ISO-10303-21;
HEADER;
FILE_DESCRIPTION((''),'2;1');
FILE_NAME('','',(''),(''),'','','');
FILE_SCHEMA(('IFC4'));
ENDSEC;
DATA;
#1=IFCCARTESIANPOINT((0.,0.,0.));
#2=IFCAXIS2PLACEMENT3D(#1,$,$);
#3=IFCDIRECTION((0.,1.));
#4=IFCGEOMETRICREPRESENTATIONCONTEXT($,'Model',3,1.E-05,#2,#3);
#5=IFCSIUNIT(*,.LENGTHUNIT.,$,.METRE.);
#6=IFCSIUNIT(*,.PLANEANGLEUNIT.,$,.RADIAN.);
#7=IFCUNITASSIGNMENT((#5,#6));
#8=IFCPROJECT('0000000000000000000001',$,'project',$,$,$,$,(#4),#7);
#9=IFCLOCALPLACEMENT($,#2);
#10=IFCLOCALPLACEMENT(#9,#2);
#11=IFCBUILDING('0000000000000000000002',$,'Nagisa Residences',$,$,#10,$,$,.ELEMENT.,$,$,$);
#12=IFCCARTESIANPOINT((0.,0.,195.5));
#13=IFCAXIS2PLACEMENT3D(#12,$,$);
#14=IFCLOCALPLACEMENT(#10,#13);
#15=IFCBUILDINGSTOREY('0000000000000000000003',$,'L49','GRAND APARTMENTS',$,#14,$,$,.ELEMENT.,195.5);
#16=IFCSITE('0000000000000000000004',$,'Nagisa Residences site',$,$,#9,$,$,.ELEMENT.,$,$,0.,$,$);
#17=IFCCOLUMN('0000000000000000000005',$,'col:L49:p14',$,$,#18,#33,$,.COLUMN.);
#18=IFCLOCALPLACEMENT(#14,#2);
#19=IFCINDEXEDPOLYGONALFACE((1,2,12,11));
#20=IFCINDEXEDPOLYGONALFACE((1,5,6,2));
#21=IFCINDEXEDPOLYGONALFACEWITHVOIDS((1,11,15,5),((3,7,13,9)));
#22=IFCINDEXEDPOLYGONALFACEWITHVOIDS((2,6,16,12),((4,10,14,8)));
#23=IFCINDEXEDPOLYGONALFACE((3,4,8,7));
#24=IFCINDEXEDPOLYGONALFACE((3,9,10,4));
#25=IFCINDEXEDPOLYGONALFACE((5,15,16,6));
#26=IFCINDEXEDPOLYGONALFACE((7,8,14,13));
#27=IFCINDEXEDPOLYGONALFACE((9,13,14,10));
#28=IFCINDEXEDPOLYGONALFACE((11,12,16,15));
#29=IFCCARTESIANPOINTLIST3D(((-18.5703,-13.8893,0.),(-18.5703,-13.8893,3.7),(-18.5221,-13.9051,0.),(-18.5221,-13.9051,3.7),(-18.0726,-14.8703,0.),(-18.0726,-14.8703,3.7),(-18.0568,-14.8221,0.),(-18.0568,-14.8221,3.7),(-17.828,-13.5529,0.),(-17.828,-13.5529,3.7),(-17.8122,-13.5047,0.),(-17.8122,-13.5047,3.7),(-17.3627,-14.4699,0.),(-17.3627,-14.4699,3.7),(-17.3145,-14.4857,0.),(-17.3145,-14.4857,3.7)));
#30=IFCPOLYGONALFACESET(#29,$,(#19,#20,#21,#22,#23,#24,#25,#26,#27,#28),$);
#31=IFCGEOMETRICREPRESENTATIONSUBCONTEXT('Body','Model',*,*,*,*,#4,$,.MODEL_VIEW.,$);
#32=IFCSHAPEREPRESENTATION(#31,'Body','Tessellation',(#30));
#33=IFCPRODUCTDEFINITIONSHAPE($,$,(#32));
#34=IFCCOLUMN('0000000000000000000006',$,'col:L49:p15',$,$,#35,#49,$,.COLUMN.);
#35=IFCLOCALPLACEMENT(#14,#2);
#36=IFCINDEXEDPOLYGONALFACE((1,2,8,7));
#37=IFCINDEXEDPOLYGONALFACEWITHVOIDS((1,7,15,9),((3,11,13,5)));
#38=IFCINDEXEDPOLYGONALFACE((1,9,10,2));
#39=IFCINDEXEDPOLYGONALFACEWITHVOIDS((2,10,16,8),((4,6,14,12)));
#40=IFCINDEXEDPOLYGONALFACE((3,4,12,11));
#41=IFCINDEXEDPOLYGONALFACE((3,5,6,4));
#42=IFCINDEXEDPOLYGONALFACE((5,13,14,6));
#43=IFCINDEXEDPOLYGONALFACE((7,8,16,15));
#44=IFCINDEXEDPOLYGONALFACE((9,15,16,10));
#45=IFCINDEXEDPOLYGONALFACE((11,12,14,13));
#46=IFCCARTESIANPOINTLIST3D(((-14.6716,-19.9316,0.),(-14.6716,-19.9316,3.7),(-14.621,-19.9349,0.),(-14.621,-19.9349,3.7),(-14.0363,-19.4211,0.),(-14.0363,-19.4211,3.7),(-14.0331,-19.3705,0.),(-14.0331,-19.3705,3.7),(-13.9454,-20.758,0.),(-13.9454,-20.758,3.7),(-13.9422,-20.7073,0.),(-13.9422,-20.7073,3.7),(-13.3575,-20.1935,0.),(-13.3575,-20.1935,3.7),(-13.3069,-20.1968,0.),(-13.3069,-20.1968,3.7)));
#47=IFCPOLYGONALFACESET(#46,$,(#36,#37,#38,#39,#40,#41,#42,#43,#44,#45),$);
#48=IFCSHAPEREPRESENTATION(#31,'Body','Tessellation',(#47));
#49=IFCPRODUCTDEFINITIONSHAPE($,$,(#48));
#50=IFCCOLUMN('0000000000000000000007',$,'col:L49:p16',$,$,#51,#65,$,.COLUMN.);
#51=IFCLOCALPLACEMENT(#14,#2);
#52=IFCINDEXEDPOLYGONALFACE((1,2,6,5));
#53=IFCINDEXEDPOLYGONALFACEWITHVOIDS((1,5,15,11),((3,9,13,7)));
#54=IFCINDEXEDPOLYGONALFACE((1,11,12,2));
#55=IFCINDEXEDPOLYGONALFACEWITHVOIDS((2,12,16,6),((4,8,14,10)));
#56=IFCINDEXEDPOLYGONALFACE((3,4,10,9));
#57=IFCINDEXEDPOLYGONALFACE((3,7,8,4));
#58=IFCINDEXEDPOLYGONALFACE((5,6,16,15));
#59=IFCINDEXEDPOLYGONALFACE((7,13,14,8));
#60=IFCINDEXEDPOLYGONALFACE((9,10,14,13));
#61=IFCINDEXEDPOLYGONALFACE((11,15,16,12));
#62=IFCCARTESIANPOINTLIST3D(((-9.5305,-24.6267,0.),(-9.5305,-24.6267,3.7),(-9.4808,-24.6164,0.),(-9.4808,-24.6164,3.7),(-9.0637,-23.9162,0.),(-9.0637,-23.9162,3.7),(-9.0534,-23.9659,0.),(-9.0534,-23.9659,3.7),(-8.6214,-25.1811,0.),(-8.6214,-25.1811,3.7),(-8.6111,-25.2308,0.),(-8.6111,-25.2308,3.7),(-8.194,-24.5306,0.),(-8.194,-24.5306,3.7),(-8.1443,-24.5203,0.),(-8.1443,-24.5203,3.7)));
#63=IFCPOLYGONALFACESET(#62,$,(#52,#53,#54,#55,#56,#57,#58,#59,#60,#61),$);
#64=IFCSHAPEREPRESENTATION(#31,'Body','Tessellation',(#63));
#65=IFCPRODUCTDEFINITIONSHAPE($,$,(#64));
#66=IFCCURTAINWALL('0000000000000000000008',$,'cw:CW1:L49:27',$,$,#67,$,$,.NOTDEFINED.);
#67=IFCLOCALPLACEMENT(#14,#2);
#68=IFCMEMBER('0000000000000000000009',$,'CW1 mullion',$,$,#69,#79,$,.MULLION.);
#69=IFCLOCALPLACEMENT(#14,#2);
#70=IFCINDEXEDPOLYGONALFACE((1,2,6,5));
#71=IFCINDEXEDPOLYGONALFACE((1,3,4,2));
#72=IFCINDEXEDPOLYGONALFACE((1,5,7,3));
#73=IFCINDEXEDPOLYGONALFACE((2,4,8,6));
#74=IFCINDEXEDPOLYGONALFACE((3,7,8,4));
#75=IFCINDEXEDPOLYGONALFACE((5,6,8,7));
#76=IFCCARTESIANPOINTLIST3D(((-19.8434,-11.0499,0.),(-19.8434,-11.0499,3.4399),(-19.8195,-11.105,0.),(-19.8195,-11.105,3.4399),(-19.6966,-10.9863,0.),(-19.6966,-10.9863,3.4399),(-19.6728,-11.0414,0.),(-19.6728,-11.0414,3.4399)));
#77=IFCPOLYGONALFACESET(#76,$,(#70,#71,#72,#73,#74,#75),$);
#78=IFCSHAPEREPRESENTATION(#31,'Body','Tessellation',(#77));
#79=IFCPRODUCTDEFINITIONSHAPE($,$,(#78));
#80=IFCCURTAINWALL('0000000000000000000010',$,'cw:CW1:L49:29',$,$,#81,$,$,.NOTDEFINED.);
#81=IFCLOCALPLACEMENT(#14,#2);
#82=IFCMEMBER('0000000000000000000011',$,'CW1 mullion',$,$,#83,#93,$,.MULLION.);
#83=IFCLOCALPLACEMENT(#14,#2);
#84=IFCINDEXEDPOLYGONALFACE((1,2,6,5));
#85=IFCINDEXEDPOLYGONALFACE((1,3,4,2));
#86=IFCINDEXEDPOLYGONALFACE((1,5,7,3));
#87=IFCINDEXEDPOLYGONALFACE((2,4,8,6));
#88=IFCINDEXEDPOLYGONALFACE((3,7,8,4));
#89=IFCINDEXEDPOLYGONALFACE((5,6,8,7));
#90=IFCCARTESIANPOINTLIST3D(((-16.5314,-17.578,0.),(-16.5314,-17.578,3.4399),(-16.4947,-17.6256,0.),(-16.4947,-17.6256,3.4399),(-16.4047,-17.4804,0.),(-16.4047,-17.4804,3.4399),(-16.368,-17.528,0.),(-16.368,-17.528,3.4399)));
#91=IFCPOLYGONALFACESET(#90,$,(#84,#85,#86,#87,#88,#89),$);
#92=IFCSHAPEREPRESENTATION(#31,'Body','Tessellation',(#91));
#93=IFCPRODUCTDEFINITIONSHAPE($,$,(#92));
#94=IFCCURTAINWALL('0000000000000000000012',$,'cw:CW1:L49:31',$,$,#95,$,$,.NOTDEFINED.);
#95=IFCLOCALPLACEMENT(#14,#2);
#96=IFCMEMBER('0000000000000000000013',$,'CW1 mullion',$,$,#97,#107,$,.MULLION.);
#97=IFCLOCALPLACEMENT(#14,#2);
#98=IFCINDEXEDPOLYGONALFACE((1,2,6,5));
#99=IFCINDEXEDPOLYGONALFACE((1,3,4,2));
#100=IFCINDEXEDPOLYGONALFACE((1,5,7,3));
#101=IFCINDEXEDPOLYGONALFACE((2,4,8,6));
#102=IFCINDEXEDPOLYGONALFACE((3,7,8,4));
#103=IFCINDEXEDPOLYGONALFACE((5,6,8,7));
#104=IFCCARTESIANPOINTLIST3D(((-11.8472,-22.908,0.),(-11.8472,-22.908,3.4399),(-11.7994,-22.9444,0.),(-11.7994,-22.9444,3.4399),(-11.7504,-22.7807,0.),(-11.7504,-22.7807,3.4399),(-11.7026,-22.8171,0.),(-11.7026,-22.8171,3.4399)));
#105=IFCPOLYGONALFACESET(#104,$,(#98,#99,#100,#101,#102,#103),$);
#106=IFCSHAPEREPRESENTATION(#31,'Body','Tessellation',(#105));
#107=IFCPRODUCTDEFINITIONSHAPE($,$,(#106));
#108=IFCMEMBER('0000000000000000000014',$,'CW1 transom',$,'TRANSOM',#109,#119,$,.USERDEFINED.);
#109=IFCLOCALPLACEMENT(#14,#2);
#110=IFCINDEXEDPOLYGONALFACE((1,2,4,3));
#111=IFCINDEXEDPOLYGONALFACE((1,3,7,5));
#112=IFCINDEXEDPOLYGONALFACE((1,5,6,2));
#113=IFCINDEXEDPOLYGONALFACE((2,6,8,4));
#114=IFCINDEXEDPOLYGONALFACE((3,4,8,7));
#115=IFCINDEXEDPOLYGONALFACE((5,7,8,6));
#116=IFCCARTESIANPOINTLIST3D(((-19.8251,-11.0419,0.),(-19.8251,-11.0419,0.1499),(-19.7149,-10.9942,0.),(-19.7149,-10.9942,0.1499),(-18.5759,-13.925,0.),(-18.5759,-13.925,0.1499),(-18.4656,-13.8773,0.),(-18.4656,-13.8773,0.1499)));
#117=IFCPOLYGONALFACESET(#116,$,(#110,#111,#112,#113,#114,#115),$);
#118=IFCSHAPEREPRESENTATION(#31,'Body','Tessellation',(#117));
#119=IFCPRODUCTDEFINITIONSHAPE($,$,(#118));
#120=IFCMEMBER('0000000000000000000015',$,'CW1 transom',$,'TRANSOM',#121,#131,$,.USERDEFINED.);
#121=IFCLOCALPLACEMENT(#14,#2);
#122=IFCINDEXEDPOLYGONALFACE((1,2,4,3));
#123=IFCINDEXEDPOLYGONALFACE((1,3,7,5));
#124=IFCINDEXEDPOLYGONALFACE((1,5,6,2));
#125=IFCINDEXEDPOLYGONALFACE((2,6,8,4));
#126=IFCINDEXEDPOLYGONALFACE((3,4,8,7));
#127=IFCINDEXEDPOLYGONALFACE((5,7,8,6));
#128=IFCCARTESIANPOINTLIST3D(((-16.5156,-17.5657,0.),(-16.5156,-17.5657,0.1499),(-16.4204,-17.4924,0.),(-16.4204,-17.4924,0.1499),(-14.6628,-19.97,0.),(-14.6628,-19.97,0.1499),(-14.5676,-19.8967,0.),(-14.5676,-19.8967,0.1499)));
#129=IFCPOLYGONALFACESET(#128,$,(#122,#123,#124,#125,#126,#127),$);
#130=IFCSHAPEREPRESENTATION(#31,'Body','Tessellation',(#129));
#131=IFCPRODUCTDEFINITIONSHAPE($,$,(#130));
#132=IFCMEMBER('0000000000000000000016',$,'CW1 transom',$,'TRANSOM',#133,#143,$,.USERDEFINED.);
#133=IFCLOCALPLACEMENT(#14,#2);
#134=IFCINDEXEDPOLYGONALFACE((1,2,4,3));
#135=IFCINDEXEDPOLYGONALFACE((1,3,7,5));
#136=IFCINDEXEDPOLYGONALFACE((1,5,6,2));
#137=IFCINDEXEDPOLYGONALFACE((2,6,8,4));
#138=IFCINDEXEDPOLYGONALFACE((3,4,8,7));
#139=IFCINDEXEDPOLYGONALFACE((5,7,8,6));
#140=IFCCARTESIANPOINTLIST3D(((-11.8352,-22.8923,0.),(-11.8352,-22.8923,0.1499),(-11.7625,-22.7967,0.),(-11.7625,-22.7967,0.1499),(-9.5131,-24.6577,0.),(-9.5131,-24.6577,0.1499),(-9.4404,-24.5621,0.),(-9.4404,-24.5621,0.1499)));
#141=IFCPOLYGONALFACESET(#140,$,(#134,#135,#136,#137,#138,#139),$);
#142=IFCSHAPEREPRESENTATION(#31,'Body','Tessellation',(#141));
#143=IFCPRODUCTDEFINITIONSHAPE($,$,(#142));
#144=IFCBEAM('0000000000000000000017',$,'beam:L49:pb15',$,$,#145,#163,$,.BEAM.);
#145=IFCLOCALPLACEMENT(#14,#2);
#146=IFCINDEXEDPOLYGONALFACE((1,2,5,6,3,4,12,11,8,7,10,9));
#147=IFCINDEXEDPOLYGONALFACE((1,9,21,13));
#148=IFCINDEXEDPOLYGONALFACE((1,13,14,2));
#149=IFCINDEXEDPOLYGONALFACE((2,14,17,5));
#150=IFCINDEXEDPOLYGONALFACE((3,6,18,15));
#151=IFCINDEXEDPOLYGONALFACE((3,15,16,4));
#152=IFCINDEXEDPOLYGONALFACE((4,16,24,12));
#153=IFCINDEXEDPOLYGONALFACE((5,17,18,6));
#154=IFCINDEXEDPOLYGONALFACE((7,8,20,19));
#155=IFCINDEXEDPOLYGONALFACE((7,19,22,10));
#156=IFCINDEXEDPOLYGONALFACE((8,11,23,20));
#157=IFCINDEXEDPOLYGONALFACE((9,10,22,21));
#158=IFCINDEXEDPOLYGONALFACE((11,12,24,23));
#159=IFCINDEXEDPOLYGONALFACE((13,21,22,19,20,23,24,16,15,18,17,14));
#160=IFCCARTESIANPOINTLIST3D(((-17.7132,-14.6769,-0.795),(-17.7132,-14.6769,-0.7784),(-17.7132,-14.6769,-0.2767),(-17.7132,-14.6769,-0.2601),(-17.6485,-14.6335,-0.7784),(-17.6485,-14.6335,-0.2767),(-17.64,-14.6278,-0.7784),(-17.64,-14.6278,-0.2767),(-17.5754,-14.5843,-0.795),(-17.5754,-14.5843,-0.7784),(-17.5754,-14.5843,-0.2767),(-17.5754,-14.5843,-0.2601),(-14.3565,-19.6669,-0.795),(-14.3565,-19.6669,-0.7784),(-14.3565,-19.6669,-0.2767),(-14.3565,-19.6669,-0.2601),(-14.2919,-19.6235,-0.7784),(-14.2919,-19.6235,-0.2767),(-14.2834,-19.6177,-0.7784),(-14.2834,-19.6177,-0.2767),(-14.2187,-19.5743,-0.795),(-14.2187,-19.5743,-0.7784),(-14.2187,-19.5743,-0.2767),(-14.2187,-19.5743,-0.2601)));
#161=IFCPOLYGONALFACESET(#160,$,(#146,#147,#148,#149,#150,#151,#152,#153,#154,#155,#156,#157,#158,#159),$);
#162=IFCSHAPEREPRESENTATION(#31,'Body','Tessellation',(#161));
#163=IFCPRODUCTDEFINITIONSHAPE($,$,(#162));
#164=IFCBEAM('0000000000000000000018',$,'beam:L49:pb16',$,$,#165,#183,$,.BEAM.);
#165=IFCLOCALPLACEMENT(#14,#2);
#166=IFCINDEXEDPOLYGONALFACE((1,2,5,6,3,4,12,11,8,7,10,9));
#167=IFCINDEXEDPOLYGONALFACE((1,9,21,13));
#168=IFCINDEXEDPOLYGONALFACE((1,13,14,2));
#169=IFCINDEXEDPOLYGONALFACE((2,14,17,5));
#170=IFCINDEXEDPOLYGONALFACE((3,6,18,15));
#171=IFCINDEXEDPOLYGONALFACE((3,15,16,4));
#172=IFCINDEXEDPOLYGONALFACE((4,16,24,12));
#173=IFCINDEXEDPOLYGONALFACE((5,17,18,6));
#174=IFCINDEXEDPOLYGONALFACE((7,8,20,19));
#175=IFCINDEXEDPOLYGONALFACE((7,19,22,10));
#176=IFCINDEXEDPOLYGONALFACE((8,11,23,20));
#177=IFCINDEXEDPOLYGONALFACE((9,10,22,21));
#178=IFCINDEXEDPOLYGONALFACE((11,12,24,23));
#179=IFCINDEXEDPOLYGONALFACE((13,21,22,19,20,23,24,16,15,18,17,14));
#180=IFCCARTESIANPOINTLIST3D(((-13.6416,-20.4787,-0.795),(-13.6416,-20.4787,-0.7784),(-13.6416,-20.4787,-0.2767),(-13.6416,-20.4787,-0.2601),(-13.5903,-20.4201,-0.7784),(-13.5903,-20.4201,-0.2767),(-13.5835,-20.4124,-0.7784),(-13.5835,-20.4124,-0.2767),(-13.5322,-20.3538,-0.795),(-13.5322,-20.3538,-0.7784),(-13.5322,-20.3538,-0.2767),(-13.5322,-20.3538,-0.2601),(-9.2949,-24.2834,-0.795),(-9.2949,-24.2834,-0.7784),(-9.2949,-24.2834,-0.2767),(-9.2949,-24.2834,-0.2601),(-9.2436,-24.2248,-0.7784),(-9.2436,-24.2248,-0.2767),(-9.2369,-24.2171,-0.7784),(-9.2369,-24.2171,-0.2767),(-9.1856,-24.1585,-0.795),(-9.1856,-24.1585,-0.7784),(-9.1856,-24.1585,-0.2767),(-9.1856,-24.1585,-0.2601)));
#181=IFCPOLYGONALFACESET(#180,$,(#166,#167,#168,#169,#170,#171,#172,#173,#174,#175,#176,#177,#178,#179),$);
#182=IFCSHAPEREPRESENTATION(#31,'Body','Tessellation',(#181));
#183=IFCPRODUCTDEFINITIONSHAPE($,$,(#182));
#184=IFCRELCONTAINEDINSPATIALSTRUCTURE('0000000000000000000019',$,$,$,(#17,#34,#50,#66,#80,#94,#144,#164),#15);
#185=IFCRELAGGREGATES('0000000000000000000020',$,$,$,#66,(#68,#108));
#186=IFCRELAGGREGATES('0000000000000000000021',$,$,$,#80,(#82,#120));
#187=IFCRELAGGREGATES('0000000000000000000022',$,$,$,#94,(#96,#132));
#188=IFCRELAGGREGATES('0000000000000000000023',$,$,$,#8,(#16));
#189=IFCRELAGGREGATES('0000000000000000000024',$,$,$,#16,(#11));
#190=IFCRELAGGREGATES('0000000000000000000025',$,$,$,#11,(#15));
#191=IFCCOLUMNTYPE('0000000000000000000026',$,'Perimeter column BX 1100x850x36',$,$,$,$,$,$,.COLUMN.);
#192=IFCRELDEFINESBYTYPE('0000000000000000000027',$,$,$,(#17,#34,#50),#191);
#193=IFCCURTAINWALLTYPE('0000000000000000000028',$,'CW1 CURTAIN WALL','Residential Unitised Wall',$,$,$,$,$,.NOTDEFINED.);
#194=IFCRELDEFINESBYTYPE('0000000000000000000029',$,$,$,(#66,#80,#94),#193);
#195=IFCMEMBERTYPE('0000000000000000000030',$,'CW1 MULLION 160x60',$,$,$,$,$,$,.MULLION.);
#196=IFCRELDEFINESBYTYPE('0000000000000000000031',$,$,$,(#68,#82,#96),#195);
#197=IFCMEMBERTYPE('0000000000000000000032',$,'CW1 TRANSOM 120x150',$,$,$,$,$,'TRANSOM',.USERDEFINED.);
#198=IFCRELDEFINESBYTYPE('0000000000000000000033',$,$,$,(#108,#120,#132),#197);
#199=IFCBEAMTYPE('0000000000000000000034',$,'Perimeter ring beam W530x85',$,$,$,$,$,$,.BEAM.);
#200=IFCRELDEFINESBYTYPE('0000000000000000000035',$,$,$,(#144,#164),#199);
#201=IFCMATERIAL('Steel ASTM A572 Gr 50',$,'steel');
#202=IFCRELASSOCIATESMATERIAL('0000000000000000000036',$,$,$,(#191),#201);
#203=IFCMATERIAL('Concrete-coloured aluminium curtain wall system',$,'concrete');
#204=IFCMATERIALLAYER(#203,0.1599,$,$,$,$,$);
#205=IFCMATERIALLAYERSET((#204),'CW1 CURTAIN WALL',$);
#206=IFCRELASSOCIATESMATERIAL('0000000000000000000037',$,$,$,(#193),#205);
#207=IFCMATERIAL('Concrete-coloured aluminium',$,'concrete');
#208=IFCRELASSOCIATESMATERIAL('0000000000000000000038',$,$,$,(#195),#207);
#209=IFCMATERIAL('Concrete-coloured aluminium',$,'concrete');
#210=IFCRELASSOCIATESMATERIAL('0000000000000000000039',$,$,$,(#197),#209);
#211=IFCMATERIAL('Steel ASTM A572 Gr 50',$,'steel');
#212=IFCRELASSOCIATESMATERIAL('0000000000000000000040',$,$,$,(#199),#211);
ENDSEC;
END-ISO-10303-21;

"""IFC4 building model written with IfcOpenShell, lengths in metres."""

from ifc_helpers import new_model, si_unit, direction, frame, origin, origin_2d, place, context, subcontext, project, spatial, rectangle, hollow_rectangle, i_section, extrude, material, layer, layer_set, material_profile, profile_set, type_object, element, aggregate, save


model = new_model("IFC4")

# Units and contexts
model_context = context("Model", 3, precision=1e-05, world=origin(), true_north=direction((0.0, 1.0)))
body_context = subcontext(model_context, "Body", "Model", "MODEL_VIEW")
ifc_project = project(units=[si_unit("LENGTHUNIT", "METRE"), si_unit("PLANEANGLEUNIT", "RADIAN")], contexts=[model_context])

# Site, building, storey
site_placement = place(None, origin())
site = spatial("IfcSite", under=ifc_project, at=site_placement, Name="Nagisa Residences site", CompositionType="ELEMENT", RefElevation=0.0)
building_placement = place(site_placement, origin())
building = spatial("IfcBuilding", under=site, at=building_placement, Name="Nagisa Residences", CompositionType="ELEMENT")
storey_placement = place(building_placement, frame((0.0, 0.0, 195.5)))
storey = spatial("IfcBuildingStorey", under=building, at=storey_placement, Name="L49", Description="GRAND APARTMENTS", CompositionType="ELEMENT", Elevation=195.5)

# Columns
ifc_material_1 = material(Name="Steel ASTM A572 Gr 50", Category="steel")
ifc_material_profile_1 = material_profile(ifc_material_1, hollow_rectangle(XDim=1.1001, YDim=0.8501, WallThickness=0.0359, at=origin_2d()), Name="BX 1100x850x36")
ifc_profile_set_1 = profile_set([ifc_material_profile_1], Name="Steel ASTM A572 Gr 50")
column_type = type_object("IfcColumnType", Name="Perimeter column BX 1100x850x36", PredefinedType="COLUMN", material=ifc_profile_set_1)
for number, where, z_axis, x_axis, name in (
    (1, (-17.9424, -14.1875, 0.0), (0.0, 0.0, 1.0), (0.452463, -0.891783, 0.0), "col:L49:p14"),
    (2, (-13.9893, -20.0642, 0.0), (0.0, 0.0, 1.0), (0.660115, -0.751165, 0.0), "col:L49:p15"),
    (3, (-8.8374, -24.5735, 0.0), (0.0, 0.0, 1.0), (0.835766, -0.549086, 0.0), "col:L49:p16"),
):
    element("IfcColumn", number, at=place(storey_placement, frame(where, z_axis=z_axis, x_axis=x_axis)), inside=storey, type_object=column_type, Name=name, PredefinedType="COLUMN", context=body_context, shape_type="SweptSolid", body=[
        extrude(hollow_rectangle(XDim=1.1001, YDim=0.8501, WallThickness=0.0359, at=origin_2d()), origin(), (0.0, 0.0, 1.0), 3.7),
    ])

# Curtain walls, members
ifc_material_2 = material(Name="Concrete-coloured aluminium curtain wall system", Category="concrete")
ifc_layer_1 = layer(ifc_material_2, 0.1599)
ifc_layer_set_1 = layer_set([ifc_layer_1], Name="CW1 CURTAIN WALL")
curtain_wall_type = type_object("IfcCurtainWallType", Name="CW1 CURTAIN WALL", Description="Residential Unitised Wall", PredefinedType="NOTDEFINED", material=ifc_layer_set_1)
curtain_wall_1_placement = place(storey_placement, origin())
curtain_wall_1 = element("IfcCurtainWall", 4, at=curtain_wall_1_placement, inside=storey, type_object=curtain_wall_type, Name="cw:CW1:L49:27", PredefinedType="NOTDEFINED")
ifc_material_3 = material(Name="Concrete-coloured aluminium", Category="concrete")
ifc_material_profile_2 = material_profile(ifc_material_3, rectangle(XDim=0.1599, YDim=0.0601, at=origin_2d()), Name="CW1 MULLION 160x60")
ifc_profile_set_2 = profile_set([ifc_material_profile_2], Name="Concrete-coloured aluminium")
member_type_1 = type_object("IfcMemberType", Name="CW1 MULLION 160x60", PredefinedType="MULLION", material=ifc_profile_set_2)
member_1_placement = place(storey_placement, frame((-19.7581, -11.0457, 0.0), z_axis=(0.0, 0.0, 1.0), x_axis=(0.917543, 0.397636, 0.0)))
member_1 = element("IfcMember", 5, at=member_1_placement, type_object=member_type_1, Name="CW1 mullion", PredefinedType="MULLION", context=body_context, shape_type="SweptSolid", body=[
    extrude(rectangle(XDim=0.1599, YDim=0.0601, at=origin_2d()), origin(), (0.0, 0.0, 1.0), 3.4399),
])
curtain_wall_2_placement = place(storey_placement, origin())
curtain_wall_2 = element("IfcCurtainWall", 6, at=curtain_wall_2_placement, inside=storey, type_object=curtain_wall_type, Name="cw:CW1:L49:29", PredefinedType="NOTDEFINED")
member_2_placement = place(storey_placement, frame((-16.4497, -17.553, 0.0), z_axis=(0.0, 0.0, 1.0), x_axis=(0.79207, 0.61043, 0.0)))
member_2 = element("IfcMember", 7, at=member_2_placement, type_object=member_type_1, Name="CW1 mullion", PredefinedType="MULLION", context=body_context, shape_type="SweptSolid", body=[
    extrude(rectangle(XDim=0.1599, YDim=0.0601, at=origin_2d()), origin(), (0.0, 0.0, 1.0), 3.4399),
])
curtain_wall_3_placement = place(storey_placement, origin())
curtain_wall_3 = element("IfcCurtainWall", 8, at=curtain_wall_3_placement, inside=storey, type_object=curtain_wall_type, Name="cw:CW1:L49:31", PredefinedType="NOTDEFINED")
member_3_placement = place(storey_placement, frame((-11.7749, -22.8625, 0.0), z_axis=(0.0, 0.0, 1.0), x_axis=(0.605255, 0.796031, 0.0)))
member_3 = element("IfcMember", 9, at=member_3_placement, type_object=member_type_1, Name="CW1 mullion", PredefinedType="MULLION", context=body_context, shape_type="SweptSolid", body=[
    extrude(rectangle(XDim=0.1599, YDim=0.0601, at=origin_2d()), origin(), (0.0, 0.0, 1.0), 3.4399),
])

# Members
ifc_material_4 = material(Name="Concrete-coloured aluminium", Category="concrete")
ifc_material_profile_3 = material_profile(ifc_material_4, rectangle(XDim=0.1201, YDim=0.1499, at=origin_2d()), Name="CW1 TRANSOM 120x150")
ifc_profile_set_3 = profile_set([ifc_material_profile_3], Name="Concrete-coloured aluminium")
member_type_2 = type_object("IfcMemberType", Name="CW1 TRANSOM 120x150", ElementType="TRANSOM", PredefinedType="USERDEFINED", material=ifc_profile_set_3)
member_4_placement = place(storey_placement, frame((-19.77, -11.0181, 0.075), z_axis=(0.397592, -0.917562, 0.0), x_axis=(0.917562, 0.397592, 0.0)))
member_4 = element("IfcMember", 10, at=member_4_placement, type_object=member_type_2, Name="CW1 transom", ObjectType="TRANSOM", PredefinedType="USERDEFINED", context=body_context, shape_type="SweptSolid", body=[
    extrude(rectangle(XDim=0.1201, YDim=0.1499, at=origin_2d()), origin(), (0.0, 0.0, 1.0), 3.1421),
])
member_5_placement = place(storey_placement, frame((-16.468, -17.5291, 0.075), z_axis=(0.610399, -0.792094, 0.0), x_axis=(0.792094, 0.610399, 0.0)))
member_5 = element("IfcMember", 11, at=member_5_placement, type_object=member_type_2, Name="CW1 transom", ObjectType="TRANSOM", PredefinedType="USERDEFINED", context=body_context, shape_type="SweptSolid", body=[
    extrude(rectangle(XDim=0.1201, YDim=0.1499, at=origin_2d()), origin(), (0.0, 0.0, 1.0), 3.0354),
])
member_6_placement = place(storey_placement, frame((-11.7988, -22.8445, 0.075), z_axis=(0.796056, -0.605223, 0.0), x_axis=(0.605223, 0.796056, 0.0)))
member_6 = element("IfcMember", 12, at=member_6_placement, type_object=member_type_2, Name="CW1 transom", ObjectType="TRANSOM", PredefinedType="USERDEFINED", context=body_context, shape_type="SweptSolid", body=[
    extrude(rectangle(XDim=0.1201, YDim=0.1499, at=origin_2d()), origin(), (0.0, 0.0, 1.0), 2.917),
])

# Beams
ifc_material_5 = material(Name="Steel ASTM A572 Gr 50", Category="steel")
ifc_material_profile_4 = material_profile(ifc_material_5, i_section(OverallWidth=0.166, OverallDepth=0.5349, WebThickness=0.0103, FlangeThickness=0.0166, at=origin_2d()), Name="W530x85")
ifc_profile_set_4 = profile_set([ifc_material_profile_4], Name="Steel ASTM A572 Gr 50")
beam_type_1 = type_object("IfcBeamType", Name="Perimeter ring beam W530x85", PredefinedType="BEAM", material=ifc_profile_set_4)
beam_1_placement = place(storey_placement, frame((-17.6443, -14.6306, -0.5276), z_axis=(0.558152, -0.829739, 0.0), x_axis=(0.829739, 0.558152, 0.0)))
element("IfcBeam", 13, at=beam_1_placement, inside=storey, type_object=beam_type_1, Name="beam:L49:pb15", PredefinedType="BEAM", context=body_context, shape_type="SweptSolid", body=[
    extrude(i_section(OverallWidth=0.166, OverallDepth=0.5349, WebThickness=0.0103, FlangeThickness=0.0166, at=origin_2d()), origin(), (0.0, 0.0, 1.0), 6.0139),
])
beam_2_placement = place(storey_placement, frame((-13.5869, -20.4163, -0.5276), z_axis=(0.752461, -0.658636, 0.0), x_axis=(0.658636, 0.752461, 0.0)))
element("IfcBeam", 14, at=beam_2_placement, inside=storey, type_object=beam_type_1, Name="beam:L49:pb16", PredefinedType="BEAM", context=body_context, shape_type="SweptSolid", body=[
    extrude(i_section(OverallWidth=0.166, OverallDepth=0.5349, WebThickness=0.0103, FlangeThickness=0.0166, at=origin_2d()), origin(), (0.0, 0.0, 1.0), 5.7766),
])

aggregate(curtain_wall_1, [member_1, member_4])
aggregate(curtain_wall_2, [member_2, member_5])
aggregate(curtain_wall_3, [member_3, member_6])

save(model, "model.ifc")
